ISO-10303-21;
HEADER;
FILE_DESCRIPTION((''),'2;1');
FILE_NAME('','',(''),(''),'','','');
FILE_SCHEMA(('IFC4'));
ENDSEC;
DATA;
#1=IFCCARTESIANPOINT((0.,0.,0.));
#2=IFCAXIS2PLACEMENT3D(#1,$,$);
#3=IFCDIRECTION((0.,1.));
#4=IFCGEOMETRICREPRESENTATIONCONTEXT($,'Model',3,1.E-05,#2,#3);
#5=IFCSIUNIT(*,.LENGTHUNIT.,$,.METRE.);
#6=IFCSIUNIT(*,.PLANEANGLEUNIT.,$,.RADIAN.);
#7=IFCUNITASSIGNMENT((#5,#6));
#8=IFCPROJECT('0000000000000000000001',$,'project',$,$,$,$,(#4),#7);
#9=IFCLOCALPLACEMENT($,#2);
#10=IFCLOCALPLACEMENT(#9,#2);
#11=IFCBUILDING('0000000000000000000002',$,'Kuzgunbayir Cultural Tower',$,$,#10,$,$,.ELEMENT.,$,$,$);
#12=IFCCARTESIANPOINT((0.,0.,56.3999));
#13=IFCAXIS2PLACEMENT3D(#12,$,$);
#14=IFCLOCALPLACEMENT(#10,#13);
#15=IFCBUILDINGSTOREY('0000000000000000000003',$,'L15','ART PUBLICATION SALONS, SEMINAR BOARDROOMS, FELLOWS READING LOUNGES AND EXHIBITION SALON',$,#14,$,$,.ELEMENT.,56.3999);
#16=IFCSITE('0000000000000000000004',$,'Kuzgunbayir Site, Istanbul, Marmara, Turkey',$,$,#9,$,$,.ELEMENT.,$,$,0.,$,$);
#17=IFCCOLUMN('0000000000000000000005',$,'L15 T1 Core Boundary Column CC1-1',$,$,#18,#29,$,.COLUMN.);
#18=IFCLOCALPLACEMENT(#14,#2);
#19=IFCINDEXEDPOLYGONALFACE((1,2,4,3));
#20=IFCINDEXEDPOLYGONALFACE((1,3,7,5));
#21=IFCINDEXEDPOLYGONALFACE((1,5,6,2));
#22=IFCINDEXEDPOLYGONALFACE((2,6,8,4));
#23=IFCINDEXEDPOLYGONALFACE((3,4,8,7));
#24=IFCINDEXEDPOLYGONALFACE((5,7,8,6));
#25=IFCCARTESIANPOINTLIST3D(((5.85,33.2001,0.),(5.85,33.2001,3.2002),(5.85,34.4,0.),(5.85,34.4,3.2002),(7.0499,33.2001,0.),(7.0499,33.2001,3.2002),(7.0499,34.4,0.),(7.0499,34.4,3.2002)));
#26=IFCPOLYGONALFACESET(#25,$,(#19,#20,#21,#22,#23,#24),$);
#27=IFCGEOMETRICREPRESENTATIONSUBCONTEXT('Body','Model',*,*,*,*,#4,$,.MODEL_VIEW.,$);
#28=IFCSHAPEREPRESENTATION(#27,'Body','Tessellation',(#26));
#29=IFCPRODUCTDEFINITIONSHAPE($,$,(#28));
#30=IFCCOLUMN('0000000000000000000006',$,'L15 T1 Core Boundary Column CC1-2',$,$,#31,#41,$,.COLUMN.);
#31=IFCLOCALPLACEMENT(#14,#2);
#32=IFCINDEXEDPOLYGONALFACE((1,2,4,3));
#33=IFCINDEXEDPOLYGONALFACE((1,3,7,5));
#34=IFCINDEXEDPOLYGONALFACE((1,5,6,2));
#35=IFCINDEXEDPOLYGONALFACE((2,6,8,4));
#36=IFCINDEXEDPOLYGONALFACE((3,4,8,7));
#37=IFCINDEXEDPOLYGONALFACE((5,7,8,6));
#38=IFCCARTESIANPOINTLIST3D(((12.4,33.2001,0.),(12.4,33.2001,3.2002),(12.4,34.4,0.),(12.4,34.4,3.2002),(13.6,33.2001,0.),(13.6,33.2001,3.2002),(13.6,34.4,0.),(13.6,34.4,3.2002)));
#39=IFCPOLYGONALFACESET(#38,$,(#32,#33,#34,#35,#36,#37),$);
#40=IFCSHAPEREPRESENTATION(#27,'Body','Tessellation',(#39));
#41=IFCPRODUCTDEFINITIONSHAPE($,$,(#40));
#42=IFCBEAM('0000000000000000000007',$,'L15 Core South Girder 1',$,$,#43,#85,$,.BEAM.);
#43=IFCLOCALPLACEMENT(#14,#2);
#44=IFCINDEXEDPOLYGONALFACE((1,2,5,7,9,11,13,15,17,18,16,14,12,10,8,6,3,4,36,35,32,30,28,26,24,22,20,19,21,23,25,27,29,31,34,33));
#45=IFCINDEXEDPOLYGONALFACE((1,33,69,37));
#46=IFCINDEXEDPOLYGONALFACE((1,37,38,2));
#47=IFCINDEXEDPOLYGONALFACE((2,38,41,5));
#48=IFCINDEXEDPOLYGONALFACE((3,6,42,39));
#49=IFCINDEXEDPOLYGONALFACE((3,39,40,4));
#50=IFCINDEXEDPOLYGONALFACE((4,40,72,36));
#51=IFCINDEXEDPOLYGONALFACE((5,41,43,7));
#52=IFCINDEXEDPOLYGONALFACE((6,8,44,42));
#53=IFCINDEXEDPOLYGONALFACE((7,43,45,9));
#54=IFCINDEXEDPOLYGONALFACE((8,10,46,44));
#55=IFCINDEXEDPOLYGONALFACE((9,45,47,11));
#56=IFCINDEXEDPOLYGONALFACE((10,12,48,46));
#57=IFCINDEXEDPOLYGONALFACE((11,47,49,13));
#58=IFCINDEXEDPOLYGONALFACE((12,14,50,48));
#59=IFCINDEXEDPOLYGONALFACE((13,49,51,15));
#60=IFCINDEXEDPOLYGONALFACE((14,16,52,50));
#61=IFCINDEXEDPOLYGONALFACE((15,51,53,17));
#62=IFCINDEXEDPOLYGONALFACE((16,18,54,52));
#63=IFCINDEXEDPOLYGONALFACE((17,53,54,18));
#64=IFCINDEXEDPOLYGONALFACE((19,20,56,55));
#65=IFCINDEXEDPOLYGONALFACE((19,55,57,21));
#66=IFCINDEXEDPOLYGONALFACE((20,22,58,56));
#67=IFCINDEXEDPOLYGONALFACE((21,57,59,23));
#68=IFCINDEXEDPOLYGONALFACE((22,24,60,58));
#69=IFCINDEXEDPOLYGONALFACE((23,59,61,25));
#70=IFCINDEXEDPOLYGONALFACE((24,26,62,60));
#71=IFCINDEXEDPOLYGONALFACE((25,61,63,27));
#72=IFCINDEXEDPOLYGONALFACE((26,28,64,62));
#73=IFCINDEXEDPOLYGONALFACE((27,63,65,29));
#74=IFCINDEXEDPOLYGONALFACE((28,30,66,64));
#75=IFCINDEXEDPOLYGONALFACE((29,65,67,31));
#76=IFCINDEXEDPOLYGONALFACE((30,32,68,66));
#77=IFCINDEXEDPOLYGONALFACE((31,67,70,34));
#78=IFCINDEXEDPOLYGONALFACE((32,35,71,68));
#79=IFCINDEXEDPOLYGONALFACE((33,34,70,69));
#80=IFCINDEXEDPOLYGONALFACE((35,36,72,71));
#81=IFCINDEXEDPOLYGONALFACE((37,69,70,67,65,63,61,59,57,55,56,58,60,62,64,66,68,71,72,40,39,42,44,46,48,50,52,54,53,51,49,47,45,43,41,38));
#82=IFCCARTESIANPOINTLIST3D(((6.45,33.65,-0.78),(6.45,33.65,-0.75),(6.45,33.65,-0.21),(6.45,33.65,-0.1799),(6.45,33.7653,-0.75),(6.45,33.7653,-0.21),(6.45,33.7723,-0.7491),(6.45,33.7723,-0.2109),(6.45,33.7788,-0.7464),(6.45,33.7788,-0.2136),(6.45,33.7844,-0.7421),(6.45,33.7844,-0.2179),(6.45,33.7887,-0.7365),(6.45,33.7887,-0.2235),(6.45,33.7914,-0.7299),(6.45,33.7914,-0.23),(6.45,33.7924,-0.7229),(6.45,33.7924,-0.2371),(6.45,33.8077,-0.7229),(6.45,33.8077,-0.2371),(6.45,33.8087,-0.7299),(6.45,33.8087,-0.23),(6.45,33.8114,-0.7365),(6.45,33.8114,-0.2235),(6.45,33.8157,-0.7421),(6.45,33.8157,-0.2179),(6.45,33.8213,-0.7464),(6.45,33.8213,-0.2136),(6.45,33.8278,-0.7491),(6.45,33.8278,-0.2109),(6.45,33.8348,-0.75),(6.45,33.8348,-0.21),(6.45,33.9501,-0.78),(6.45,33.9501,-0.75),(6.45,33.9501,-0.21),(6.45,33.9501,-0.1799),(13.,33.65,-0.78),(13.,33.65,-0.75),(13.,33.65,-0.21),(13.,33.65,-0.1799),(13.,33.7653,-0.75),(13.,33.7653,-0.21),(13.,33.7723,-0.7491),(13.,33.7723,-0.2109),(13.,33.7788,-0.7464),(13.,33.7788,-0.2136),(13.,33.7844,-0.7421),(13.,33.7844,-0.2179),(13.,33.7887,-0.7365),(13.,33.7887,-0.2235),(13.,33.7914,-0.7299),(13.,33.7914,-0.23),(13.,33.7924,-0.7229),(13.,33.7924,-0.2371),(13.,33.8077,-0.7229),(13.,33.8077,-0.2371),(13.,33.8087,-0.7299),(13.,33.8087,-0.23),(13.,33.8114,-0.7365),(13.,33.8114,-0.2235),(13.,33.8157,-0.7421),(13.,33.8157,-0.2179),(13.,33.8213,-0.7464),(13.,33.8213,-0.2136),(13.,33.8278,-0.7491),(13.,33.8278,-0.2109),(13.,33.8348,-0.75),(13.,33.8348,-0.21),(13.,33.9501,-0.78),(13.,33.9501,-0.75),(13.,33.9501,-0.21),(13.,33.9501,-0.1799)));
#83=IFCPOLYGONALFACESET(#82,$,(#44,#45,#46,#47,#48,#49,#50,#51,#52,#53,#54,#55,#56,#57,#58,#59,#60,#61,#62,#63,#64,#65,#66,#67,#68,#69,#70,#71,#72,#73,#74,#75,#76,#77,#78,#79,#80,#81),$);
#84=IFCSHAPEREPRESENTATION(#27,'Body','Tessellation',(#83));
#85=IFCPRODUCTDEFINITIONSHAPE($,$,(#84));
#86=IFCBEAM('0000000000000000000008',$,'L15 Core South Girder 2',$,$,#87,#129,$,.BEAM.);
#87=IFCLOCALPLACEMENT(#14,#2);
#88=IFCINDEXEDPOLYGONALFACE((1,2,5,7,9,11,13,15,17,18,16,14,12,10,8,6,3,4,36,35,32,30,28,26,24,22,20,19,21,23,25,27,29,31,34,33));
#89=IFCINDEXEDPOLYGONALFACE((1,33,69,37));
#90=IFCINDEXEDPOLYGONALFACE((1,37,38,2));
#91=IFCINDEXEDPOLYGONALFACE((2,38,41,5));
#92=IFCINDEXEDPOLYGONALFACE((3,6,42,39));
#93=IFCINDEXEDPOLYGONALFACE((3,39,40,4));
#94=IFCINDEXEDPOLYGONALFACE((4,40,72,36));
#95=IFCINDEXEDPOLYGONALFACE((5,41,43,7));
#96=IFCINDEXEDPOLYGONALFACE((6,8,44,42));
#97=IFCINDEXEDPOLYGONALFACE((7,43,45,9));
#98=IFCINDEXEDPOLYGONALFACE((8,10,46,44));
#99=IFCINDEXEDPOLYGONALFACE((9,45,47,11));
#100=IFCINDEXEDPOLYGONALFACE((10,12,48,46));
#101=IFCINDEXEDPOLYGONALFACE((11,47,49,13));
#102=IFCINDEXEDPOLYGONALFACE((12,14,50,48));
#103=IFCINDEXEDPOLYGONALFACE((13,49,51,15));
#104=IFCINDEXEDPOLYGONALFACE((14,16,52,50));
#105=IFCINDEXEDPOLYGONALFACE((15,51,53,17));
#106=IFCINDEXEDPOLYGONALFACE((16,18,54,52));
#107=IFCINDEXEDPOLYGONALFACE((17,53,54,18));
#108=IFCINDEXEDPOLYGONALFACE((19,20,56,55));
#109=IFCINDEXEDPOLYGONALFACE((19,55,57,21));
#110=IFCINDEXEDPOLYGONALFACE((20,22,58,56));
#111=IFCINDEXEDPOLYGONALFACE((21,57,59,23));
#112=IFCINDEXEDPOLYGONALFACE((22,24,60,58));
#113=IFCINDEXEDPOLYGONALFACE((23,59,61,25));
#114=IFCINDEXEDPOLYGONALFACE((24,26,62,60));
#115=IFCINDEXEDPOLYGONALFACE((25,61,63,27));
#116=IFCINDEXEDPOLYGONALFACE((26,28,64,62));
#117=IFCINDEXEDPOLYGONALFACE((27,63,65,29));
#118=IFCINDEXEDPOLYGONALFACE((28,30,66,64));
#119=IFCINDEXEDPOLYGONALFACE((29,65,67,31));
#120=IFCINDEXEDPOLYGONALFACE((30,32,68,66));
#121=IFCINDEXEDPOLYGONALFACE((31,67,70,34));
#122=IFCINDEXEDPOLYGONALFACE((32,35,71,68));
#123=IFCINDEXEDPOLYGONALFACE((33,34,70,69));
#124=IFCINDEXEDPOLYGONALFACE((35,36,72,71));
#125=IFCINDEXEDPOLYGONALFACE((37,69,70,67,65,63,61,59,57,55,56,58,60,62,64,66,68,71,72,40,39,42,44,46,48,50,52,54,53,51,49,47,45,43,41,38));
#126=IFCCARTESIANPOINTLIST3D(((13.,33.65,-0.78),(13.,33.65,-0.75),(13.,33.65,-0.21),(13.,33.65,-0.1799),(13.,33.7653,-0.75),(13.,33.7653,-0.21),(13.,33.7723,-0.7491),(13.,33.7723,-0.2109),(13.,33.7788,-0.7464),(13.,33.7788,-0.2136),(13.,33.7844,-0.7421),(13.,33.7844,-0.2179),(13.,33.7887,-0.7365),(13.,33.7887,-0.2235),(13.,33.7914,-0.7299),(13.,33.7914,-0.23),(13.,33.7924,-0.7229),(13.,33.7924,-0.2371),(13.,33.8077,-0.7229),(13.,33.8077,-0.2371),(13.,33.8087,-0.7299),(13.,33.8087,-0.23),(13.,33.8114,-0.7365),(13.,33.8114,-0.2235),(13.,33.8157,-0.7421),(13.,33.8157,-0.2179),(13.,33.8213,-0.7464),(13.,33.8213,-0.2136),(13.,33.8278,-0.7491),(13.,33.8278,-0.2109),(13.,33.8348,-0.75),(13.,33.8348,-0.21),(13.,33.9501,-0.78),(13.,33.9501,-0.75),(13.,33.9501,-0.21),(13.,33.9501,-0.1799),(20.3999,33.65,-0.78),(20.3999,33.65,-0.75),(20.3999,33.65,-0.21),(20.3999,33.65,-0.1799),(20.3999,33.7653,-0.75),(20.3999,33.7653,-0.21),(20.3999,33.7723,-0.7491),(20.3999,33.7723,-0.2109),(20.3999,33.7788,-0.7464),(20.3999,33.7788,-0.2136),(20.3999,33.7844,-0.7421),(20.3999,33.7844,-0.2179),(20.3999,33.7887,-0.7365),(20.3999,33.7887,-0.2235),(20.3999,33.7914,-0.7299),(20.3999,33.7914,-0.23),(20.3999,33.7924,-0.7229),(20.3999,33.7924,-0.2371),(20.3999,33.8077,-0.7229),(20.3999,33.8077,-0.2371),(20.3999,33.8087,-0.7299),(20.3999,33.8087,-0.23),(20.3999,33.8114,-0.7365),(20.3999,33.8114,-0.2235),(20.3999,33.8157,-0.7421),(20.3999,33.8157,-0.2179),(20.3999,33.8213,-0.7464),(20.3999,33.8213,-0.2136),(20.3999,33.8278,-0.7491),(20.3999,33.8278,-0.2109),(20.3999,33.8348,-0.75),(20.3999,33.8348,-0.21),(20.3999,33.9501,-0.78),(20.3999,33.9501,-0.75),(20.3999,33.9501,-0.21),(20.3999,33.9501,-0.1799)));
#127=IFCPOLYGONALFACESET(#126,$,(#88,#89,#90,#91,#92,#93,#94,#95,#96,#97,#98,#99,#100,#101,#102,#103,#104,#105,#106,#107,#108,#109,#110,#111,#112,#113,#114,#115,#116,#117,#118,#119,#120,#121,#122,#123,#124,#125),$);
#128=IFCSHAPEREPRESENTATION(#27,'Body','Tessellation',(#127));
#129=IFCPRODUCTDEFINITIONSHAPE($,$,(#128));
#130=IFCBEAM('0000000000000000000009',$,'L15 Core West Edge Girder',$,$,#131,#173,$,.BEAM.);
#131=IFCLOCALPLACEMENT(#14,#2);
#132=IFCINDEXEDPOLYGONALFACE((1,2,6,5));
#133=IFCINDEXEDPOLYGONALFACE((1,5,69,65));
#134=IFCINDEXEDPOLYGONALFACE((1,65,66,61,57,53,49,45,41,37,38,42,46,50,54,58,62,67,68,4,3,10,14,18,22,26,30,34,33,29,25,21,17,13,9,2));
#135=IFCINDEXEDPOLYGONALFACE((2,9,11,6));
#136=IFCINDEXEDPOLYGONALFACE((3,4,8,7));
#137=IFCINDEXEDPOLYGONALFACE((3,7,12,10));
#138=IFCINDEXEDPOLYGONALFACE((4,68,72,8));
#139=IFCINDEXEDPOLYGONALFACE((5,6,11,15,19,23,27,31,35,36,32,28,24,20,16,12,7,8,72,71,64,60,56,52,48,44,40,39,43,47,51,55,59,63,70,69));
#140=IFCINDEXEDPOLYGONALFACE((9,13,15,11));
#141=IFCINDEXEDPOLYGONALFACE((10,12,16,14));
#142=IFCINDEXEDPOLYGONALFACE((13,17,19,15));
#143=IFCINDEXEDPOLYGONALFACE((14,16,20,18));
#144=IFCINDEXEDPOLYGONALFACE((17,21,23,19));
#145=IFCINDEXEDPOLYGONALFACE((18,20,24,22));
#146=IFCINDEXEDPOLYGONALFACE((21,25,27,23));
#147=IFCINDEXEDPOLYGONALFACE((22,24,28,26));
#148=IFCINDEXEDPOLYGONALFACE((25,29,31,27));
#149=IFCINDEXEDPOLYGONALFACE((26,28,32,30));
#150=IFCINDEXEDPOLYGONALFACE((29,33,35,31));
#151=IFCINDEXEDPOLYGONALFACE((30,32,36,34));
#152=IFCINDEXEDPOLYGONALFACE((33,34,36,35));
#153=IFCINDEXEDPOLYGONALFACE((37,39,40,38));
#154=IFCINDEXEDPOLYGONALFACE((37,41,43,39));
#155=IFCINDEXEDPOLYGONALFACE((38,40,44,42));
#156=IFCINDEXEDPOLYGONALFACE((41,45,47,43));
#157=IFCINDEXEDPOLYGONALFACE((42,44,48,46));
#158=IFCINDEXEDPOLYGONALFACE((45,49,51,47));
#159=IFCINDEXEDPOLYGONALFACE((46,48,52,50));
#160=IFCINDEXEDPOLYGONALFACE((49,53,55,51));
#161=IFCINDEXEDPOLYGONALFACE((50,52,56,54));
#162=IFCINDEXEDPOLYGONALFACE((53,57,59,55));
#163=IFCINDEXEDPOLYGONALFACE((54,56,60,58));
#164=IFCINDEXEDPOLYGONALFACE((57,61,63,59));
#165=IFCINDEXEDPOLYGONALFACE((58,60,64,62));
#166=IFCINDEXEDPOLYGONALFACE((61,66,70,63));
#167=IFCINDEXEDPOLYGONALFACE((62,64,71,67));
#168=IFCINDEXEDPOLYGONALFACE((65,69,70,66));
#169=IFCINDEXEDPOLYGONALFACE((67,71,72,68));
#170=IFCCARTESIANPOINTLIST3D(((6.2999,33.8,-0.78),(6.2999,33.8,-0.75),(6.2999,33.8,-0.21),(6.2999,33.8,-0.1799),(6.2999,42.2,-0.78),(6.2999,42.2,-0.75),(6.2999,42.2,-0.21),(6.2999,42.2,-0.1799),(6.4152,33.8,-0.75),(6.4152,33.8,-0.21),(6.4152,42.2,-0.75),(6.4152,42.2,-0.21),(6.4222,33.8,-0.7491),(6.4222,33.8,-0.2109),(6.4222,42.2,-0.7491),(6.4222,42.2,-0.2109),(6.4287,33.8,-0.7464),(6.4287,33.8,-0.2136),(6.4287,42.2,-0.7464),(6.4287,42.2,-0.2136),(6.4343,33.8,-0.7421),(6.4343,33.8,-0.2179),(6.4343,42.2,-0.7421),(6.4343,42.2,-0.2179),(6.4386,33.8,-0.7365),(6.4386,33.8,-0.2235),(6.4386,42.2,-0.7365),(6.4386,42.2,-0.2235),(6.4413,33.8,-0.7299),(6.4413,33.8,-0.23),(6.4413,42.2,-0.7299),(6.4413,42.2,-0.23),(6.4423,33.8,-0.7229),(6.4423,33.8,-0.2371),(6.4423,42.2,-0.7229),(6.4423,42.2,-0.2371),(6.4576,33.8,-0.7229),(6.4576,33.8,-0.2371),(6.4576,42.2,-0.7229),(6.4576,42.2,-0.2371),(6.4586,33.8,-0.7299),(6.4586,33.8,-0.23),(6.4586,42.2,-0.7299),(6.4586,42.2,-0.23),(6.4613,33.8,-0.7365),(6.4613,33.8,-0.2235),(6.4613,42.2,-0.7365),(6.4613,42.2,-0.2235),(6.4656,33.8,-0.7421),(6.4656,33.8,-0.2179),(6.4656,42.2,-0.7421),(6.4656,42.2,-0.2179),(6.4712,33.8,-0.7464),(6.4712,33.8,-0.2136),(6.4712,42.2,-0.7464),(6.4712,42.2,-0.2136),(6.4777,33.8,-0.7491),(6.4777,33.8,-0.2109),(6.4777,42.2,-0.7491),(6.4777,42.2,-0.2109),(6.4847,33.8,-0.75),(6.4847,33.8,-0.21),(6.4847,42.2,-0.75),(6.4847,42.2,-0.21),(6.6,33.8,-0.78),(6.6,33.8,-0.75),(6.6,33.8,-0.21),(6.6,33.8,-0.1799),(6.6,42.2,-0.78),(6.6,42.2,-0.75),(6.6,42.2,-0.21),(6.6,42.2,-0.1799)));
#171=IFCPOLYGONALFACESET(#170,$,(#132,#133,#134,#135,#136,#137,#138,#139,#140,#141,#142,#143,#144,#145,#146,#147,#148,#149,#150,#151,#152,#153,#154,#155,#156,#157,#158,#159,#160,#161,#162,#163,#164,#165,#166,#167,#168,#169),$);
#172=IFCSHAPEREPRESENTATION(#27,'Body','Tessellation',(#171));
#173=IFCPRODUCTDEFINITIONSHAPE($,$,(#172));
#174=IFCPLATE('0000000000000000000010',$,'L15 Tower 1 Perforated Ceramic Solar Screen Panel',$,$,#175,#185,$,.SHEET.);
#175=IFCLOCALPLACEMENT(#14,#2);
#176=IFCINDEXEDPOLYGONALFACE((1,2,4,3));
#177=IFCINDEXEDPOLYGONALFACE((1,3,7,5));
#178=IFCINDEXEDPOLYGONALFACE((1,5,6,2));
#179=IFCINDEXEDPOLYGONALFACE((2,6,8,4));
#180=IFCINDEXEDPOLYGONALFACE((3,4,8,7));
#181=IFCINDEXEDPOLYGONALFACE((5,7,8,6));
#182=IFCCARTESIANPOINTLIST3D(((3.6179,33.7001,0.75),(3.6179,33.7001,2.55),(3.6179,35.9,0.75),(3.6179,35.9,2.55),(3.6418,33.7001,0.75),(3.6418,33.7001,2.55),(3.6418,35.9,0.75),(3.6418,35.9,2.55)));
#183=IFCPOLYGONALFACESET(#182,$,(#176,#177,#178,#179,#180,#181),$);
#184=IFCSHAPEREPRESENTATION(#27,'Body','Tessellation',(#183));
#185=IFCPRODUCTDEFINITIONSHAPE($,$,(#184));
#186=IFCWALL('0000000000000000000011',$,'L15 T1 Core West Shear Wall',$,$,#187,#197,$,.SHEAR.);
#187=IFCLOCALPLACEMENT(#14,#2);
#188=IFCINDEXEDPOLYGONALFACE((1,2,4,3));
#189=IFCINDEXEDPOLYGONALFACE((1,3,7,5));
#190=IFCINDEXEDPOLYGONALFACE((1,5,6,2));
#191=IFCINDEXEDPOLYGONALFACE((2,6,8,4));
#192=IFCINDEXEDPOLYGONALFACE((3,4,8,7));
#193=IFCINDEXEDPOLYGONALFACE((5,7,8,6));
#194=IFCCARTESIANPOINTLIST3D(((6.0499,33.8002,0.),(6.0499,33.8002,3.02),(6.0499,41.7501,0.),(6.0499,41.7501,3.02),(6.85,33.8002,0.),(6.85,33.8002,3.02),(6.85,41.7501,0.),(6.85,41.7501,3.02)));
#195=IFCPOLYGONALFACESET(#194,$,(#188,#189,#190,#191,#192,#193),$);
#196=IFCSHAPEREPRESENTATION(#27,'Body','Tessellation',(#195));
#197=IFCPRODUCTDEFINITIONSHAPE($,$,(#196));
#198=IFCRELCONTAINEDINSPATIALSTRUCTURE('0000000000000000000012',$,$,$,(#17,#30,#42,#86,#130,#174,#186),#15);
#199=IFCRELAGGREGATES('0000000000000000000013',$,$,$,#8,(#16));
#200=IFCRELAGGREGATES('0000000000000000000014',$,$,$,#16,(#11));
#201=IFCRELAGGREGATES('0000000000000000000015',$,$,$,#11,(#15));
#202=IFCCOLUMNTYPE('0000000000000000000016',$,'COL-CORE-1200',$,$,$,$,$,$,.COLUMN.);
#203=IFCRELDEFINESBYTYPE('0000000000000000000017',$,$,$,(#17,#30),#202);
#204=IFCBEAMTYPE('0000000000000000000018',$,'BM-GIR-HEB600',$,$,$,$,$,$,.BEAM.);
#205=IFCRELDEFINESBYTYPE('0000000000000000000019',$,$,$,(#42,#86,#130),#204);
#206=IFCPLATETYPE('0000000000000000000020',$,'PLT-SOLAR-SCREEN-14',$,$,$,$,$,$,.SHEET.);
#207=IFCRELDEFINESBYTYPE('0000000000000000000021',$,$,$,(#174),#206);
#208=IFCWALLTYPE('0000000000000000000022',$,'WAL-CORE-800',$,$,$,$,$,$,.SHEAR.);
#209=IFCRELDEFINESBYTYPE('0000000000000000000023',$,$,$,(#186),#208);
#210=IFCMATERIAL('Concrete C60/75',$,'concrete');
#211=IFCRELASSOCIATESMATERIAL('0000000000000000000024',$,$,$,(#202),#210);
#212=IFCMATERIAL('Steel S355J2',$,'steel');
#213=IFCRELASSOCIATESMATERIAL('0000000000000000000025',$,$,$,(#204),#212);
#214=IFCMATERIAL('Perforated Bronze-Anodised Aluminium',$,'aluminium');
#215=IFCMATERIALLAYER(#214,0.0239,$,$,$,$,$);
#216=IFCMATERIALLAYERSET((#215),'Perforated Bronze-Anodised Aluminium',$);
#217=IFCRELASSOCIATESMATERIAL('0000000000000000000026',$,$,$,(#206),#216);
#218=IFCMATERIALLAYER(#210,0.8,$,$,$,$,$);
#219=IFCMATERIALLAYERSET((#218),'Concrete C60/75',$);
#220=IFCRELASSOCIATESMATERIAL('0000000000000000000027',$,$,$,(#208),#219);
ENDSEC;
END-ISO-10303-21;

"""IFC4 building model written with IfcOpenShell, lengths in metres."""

from ifc_helpers import new_model, si_unit, direction, frame, frame_2d, origin, origin_2d, place, context, subcontext, project, spatial, rectangle, i_section, extrude, material, layer, layer_set, material_profile, profile_set, type_object, element, save


model = new_model("IFC4")

# Units and contexts
model_context = context("Model", 3, precision=1e-05, world=origin(), true_north=direction((0.0, 1.0)))
body_context = subcontext(model_context, "Body", "Model", "MODEL_VIEW")
ifc_project = project(units=[si_unit("LENGTHUNIT", "METRE"), si_unit("PLANEANGLEUNIT", "RADIAN")], contexts=[model_context])

# Site, building, storey
site_placement = place(None, origin())
site = spatial("IfcSite", under=ifc_project, at=site_placement, Name="Kuzgunbayir Site, Istanbul, Marmara, Turkey", CompositionType="ELEMENT", RefElevation=0.0)
building_placement = place(site_placement, origin())
building = spatial("IfcBuilding", under=site, at=building_placement, Name="Kuzgunbayir Cultural Tower", CompositionType="ELEMENT")
storey_placement = place(building_placement, frame((0.0, 0.0, 56.3999)))
storey = spatial("IfcBuildingStorey", under=building, at=storey_placement, Name="L15", Description="ART PUBLICATION SALONS, SEMINAR BOARDROOMS, FELLOWS READING LOUNGES AND EXHIBITION SALON", CompositionType="ELEMENT", Elevation=56.3999)

# Columns
ifc_material_1 = material(Name="Concrete C60/75", Category="concrete")
ifc_material_profile_1 = material_profile(ifc_material_1, rectangle(XDim=1.2, YDim=1.2, at=origin_2d()), Name="RC 1200x1200")
ifc_profile_set_1 = profile_set([ifc_material_profile_1], Name="Concrete C60/75")
column_type = type_object("IfcColumnType", Name="COL-CORE-1200", PredefinedType="COLUMN", material=ifc_profile_set_1)
for number, where, z_axis, x_axis, name in (
    (1, (6.45, 33.8, 0.0), (0.0, 0.0, 1.0), (1.0, 0.0, 0.0), "L15 T1 Core Boundary Column CC1-1"),
    (2, (13.0, 33.8, 0.0), (0.0, 0.0, 1.0), (1.0, 0.0, 0.0), "L15 T1 Core Boundary Column CC1-2"),
):
    element("IfcColumn", number, at=place(storey_placement, frame(where, z_axis=z_axis, x_axis=x_axis)), inside=storey, type_object=column_type, Name=name, PredefinedType="COLUMN", context=body_context, shape_type="SweptSolid", body=[
        extrude(rectangle(XDim=1.2, YDim=1.2, at=origin_2d()), origin(), (0.0, 0.0, 1.0), 3.2002),
    ])

# Beams
ifc_material_2 = material(Name="Steel S355J2", Category="steel")
ifc_material_profile_2 = material_profile(ifc_material_2, i_section(OverallWidth=0.3, OverallDepth=0.6001, WebThickness=0.0154, FlangeThickness=0.03, FilletRadius=0.0271, at=origin_2d()), Name="HEB 600")
ifc_profile_set_2 = profile_set([ifc_material_profile_2], Name="Steel S355J2")
beam_type = type_object("IfcBeamType", Name="BM-GIR-HEB600", PredefinedType="BEAM", material=ifc_profile_set_2)
beam_1_placement = place(storey_placement, frame((6.45, 33.8, -0.48), z_axis=(1.0, 0.0, 0.0), x_axis=(0.0, 1.0, 0.0)))
element("IfcBeam", 3, at=beam_1_placement, inside=storey, type_object=beam_type, Name="L15 Core South Girder 1", PredefinedType="BEAM", context=body_context, shape_type="SweptSolid", body=[
    extrude(i_section(OverallWidth=0.3, OverallDepth=0.6001, WebThickness=0.0154, FlangeThickness=0.03, FilletRadius=0.0271, at=origin_2d()), origin(), (0.0, 0.0, 1.0), 6.55),
])
beam_2_placement = place(storey_placement, frame((13.0, 33.8, -0.48), z_axis=(1.0, 0.0, 0.0), x_axis=(0.0, 1.0, 0.0)))
element("IfcBeam", 4, at=beam_2_placement, inside=storey, type_object=beam_type, Name="L15 Core South Girder 2", PredefinedType="BEAM", context=body_context, shape_type="SweptSolid", body=[
    extrude(i_section(OverallWidth=0.3, OverallDepth=0.6001, WebThickness=0.0154, FlangeThickness=0.03, FilletRadius=0.0271, at=origin_2d()), origin(), (0.0, 0.0, 1.0), 7.3999),
])
beam_3_placement = place(storey_placement, frame((6.45, 33.8, -0.48), z_axis=(0.0, 1.0, 0.0), x_axis=(-1.0, 0.0, 0.0)))
element("IfcBeam", 5, at=beam_3_placement, inside=storey, type_object=beam_type, Name="L15 Core West Edge Girder", PredefinedType="BEAM", context=body_context, shape_type="SweptSolid", body=[
    extrude(i_section(OverallWidth=0.3, OverallDepth=0.6001, WebThickness=0.0154, FlangeThickness=0.03, FilletRadius=0.0271, at=origin_2d()), origin(), (0.0, 0.0, 1.0), 8.3999),
])

# Plate
ifc_material_3 = material(Name="Perforated Bronze-Anodised Aluminium", Category="aluminium")
ifc_layer_1 = layer(ifc_material_3, 0.0239)
ifc_layer_set_1 = layer_set([ifc_layer_1], Name="Perforated Bronze-Anodised Aluminium")
plate_type = type_object("IfcPlateType", Name="PLT-SOLAR-SCREEN-14", PredefinedType="SHEET", material=ifc_layer_set_1)
plate_placement = place(storey_placement, frame((3.6299, 34.8, 0.75), z_axis=(0.0, 0.0, 1.0), x_axis=(1.0, 0.0, 0.0)))
element("IfcPlate", 6, at=plate_placement, inside=storey, type_object=plate_type, Name="L15 Tower 1 Perforated Ceramic Solar Screen Panel", PredefinedType="SHEET", context=body_context, shape_type="SweptSolid", body=[
    extrude(rectangle(XDim=0.0239, YDim=2.2, at=origin_2d()), origin(), (0.0, 0.0, 1.0), 1.8),
])

# Wall
ifc_layer_2 = layer(ifc_material_1, 0.8)
ifc_layer_set_2 = layer_set([ifc_layer_2], Name="Concrete C60/75")
wall_type_1 = type_object("IfcWallType", Name="WAL-CORE-800", PredefinedType="SHEAR", material=ifc_layer_set_2)
wall_1_placement = place(storey_placement, frame((6.45, 33.8, 0.0), z_axis=(0.0, 0.0, 1.0), x_axis=(0.0, 1.0, 0.0)))
element("IfcWall", 7, at=wall_1_placement, inside=storey, type_object=wall_type_1, Name="L15 T1 Core West Shear Wall", PredefinedType="SHEAR", context=body_context, shape_type="SweptSolid", body=[
    extrude(rectangle(XDim=7.95, YDim=0.8, at=frame_2d((3.9751, 0.0))), origin(), (0.0, 0.0, 1.0), 3.02),
])

save(model, "model.ifc")
